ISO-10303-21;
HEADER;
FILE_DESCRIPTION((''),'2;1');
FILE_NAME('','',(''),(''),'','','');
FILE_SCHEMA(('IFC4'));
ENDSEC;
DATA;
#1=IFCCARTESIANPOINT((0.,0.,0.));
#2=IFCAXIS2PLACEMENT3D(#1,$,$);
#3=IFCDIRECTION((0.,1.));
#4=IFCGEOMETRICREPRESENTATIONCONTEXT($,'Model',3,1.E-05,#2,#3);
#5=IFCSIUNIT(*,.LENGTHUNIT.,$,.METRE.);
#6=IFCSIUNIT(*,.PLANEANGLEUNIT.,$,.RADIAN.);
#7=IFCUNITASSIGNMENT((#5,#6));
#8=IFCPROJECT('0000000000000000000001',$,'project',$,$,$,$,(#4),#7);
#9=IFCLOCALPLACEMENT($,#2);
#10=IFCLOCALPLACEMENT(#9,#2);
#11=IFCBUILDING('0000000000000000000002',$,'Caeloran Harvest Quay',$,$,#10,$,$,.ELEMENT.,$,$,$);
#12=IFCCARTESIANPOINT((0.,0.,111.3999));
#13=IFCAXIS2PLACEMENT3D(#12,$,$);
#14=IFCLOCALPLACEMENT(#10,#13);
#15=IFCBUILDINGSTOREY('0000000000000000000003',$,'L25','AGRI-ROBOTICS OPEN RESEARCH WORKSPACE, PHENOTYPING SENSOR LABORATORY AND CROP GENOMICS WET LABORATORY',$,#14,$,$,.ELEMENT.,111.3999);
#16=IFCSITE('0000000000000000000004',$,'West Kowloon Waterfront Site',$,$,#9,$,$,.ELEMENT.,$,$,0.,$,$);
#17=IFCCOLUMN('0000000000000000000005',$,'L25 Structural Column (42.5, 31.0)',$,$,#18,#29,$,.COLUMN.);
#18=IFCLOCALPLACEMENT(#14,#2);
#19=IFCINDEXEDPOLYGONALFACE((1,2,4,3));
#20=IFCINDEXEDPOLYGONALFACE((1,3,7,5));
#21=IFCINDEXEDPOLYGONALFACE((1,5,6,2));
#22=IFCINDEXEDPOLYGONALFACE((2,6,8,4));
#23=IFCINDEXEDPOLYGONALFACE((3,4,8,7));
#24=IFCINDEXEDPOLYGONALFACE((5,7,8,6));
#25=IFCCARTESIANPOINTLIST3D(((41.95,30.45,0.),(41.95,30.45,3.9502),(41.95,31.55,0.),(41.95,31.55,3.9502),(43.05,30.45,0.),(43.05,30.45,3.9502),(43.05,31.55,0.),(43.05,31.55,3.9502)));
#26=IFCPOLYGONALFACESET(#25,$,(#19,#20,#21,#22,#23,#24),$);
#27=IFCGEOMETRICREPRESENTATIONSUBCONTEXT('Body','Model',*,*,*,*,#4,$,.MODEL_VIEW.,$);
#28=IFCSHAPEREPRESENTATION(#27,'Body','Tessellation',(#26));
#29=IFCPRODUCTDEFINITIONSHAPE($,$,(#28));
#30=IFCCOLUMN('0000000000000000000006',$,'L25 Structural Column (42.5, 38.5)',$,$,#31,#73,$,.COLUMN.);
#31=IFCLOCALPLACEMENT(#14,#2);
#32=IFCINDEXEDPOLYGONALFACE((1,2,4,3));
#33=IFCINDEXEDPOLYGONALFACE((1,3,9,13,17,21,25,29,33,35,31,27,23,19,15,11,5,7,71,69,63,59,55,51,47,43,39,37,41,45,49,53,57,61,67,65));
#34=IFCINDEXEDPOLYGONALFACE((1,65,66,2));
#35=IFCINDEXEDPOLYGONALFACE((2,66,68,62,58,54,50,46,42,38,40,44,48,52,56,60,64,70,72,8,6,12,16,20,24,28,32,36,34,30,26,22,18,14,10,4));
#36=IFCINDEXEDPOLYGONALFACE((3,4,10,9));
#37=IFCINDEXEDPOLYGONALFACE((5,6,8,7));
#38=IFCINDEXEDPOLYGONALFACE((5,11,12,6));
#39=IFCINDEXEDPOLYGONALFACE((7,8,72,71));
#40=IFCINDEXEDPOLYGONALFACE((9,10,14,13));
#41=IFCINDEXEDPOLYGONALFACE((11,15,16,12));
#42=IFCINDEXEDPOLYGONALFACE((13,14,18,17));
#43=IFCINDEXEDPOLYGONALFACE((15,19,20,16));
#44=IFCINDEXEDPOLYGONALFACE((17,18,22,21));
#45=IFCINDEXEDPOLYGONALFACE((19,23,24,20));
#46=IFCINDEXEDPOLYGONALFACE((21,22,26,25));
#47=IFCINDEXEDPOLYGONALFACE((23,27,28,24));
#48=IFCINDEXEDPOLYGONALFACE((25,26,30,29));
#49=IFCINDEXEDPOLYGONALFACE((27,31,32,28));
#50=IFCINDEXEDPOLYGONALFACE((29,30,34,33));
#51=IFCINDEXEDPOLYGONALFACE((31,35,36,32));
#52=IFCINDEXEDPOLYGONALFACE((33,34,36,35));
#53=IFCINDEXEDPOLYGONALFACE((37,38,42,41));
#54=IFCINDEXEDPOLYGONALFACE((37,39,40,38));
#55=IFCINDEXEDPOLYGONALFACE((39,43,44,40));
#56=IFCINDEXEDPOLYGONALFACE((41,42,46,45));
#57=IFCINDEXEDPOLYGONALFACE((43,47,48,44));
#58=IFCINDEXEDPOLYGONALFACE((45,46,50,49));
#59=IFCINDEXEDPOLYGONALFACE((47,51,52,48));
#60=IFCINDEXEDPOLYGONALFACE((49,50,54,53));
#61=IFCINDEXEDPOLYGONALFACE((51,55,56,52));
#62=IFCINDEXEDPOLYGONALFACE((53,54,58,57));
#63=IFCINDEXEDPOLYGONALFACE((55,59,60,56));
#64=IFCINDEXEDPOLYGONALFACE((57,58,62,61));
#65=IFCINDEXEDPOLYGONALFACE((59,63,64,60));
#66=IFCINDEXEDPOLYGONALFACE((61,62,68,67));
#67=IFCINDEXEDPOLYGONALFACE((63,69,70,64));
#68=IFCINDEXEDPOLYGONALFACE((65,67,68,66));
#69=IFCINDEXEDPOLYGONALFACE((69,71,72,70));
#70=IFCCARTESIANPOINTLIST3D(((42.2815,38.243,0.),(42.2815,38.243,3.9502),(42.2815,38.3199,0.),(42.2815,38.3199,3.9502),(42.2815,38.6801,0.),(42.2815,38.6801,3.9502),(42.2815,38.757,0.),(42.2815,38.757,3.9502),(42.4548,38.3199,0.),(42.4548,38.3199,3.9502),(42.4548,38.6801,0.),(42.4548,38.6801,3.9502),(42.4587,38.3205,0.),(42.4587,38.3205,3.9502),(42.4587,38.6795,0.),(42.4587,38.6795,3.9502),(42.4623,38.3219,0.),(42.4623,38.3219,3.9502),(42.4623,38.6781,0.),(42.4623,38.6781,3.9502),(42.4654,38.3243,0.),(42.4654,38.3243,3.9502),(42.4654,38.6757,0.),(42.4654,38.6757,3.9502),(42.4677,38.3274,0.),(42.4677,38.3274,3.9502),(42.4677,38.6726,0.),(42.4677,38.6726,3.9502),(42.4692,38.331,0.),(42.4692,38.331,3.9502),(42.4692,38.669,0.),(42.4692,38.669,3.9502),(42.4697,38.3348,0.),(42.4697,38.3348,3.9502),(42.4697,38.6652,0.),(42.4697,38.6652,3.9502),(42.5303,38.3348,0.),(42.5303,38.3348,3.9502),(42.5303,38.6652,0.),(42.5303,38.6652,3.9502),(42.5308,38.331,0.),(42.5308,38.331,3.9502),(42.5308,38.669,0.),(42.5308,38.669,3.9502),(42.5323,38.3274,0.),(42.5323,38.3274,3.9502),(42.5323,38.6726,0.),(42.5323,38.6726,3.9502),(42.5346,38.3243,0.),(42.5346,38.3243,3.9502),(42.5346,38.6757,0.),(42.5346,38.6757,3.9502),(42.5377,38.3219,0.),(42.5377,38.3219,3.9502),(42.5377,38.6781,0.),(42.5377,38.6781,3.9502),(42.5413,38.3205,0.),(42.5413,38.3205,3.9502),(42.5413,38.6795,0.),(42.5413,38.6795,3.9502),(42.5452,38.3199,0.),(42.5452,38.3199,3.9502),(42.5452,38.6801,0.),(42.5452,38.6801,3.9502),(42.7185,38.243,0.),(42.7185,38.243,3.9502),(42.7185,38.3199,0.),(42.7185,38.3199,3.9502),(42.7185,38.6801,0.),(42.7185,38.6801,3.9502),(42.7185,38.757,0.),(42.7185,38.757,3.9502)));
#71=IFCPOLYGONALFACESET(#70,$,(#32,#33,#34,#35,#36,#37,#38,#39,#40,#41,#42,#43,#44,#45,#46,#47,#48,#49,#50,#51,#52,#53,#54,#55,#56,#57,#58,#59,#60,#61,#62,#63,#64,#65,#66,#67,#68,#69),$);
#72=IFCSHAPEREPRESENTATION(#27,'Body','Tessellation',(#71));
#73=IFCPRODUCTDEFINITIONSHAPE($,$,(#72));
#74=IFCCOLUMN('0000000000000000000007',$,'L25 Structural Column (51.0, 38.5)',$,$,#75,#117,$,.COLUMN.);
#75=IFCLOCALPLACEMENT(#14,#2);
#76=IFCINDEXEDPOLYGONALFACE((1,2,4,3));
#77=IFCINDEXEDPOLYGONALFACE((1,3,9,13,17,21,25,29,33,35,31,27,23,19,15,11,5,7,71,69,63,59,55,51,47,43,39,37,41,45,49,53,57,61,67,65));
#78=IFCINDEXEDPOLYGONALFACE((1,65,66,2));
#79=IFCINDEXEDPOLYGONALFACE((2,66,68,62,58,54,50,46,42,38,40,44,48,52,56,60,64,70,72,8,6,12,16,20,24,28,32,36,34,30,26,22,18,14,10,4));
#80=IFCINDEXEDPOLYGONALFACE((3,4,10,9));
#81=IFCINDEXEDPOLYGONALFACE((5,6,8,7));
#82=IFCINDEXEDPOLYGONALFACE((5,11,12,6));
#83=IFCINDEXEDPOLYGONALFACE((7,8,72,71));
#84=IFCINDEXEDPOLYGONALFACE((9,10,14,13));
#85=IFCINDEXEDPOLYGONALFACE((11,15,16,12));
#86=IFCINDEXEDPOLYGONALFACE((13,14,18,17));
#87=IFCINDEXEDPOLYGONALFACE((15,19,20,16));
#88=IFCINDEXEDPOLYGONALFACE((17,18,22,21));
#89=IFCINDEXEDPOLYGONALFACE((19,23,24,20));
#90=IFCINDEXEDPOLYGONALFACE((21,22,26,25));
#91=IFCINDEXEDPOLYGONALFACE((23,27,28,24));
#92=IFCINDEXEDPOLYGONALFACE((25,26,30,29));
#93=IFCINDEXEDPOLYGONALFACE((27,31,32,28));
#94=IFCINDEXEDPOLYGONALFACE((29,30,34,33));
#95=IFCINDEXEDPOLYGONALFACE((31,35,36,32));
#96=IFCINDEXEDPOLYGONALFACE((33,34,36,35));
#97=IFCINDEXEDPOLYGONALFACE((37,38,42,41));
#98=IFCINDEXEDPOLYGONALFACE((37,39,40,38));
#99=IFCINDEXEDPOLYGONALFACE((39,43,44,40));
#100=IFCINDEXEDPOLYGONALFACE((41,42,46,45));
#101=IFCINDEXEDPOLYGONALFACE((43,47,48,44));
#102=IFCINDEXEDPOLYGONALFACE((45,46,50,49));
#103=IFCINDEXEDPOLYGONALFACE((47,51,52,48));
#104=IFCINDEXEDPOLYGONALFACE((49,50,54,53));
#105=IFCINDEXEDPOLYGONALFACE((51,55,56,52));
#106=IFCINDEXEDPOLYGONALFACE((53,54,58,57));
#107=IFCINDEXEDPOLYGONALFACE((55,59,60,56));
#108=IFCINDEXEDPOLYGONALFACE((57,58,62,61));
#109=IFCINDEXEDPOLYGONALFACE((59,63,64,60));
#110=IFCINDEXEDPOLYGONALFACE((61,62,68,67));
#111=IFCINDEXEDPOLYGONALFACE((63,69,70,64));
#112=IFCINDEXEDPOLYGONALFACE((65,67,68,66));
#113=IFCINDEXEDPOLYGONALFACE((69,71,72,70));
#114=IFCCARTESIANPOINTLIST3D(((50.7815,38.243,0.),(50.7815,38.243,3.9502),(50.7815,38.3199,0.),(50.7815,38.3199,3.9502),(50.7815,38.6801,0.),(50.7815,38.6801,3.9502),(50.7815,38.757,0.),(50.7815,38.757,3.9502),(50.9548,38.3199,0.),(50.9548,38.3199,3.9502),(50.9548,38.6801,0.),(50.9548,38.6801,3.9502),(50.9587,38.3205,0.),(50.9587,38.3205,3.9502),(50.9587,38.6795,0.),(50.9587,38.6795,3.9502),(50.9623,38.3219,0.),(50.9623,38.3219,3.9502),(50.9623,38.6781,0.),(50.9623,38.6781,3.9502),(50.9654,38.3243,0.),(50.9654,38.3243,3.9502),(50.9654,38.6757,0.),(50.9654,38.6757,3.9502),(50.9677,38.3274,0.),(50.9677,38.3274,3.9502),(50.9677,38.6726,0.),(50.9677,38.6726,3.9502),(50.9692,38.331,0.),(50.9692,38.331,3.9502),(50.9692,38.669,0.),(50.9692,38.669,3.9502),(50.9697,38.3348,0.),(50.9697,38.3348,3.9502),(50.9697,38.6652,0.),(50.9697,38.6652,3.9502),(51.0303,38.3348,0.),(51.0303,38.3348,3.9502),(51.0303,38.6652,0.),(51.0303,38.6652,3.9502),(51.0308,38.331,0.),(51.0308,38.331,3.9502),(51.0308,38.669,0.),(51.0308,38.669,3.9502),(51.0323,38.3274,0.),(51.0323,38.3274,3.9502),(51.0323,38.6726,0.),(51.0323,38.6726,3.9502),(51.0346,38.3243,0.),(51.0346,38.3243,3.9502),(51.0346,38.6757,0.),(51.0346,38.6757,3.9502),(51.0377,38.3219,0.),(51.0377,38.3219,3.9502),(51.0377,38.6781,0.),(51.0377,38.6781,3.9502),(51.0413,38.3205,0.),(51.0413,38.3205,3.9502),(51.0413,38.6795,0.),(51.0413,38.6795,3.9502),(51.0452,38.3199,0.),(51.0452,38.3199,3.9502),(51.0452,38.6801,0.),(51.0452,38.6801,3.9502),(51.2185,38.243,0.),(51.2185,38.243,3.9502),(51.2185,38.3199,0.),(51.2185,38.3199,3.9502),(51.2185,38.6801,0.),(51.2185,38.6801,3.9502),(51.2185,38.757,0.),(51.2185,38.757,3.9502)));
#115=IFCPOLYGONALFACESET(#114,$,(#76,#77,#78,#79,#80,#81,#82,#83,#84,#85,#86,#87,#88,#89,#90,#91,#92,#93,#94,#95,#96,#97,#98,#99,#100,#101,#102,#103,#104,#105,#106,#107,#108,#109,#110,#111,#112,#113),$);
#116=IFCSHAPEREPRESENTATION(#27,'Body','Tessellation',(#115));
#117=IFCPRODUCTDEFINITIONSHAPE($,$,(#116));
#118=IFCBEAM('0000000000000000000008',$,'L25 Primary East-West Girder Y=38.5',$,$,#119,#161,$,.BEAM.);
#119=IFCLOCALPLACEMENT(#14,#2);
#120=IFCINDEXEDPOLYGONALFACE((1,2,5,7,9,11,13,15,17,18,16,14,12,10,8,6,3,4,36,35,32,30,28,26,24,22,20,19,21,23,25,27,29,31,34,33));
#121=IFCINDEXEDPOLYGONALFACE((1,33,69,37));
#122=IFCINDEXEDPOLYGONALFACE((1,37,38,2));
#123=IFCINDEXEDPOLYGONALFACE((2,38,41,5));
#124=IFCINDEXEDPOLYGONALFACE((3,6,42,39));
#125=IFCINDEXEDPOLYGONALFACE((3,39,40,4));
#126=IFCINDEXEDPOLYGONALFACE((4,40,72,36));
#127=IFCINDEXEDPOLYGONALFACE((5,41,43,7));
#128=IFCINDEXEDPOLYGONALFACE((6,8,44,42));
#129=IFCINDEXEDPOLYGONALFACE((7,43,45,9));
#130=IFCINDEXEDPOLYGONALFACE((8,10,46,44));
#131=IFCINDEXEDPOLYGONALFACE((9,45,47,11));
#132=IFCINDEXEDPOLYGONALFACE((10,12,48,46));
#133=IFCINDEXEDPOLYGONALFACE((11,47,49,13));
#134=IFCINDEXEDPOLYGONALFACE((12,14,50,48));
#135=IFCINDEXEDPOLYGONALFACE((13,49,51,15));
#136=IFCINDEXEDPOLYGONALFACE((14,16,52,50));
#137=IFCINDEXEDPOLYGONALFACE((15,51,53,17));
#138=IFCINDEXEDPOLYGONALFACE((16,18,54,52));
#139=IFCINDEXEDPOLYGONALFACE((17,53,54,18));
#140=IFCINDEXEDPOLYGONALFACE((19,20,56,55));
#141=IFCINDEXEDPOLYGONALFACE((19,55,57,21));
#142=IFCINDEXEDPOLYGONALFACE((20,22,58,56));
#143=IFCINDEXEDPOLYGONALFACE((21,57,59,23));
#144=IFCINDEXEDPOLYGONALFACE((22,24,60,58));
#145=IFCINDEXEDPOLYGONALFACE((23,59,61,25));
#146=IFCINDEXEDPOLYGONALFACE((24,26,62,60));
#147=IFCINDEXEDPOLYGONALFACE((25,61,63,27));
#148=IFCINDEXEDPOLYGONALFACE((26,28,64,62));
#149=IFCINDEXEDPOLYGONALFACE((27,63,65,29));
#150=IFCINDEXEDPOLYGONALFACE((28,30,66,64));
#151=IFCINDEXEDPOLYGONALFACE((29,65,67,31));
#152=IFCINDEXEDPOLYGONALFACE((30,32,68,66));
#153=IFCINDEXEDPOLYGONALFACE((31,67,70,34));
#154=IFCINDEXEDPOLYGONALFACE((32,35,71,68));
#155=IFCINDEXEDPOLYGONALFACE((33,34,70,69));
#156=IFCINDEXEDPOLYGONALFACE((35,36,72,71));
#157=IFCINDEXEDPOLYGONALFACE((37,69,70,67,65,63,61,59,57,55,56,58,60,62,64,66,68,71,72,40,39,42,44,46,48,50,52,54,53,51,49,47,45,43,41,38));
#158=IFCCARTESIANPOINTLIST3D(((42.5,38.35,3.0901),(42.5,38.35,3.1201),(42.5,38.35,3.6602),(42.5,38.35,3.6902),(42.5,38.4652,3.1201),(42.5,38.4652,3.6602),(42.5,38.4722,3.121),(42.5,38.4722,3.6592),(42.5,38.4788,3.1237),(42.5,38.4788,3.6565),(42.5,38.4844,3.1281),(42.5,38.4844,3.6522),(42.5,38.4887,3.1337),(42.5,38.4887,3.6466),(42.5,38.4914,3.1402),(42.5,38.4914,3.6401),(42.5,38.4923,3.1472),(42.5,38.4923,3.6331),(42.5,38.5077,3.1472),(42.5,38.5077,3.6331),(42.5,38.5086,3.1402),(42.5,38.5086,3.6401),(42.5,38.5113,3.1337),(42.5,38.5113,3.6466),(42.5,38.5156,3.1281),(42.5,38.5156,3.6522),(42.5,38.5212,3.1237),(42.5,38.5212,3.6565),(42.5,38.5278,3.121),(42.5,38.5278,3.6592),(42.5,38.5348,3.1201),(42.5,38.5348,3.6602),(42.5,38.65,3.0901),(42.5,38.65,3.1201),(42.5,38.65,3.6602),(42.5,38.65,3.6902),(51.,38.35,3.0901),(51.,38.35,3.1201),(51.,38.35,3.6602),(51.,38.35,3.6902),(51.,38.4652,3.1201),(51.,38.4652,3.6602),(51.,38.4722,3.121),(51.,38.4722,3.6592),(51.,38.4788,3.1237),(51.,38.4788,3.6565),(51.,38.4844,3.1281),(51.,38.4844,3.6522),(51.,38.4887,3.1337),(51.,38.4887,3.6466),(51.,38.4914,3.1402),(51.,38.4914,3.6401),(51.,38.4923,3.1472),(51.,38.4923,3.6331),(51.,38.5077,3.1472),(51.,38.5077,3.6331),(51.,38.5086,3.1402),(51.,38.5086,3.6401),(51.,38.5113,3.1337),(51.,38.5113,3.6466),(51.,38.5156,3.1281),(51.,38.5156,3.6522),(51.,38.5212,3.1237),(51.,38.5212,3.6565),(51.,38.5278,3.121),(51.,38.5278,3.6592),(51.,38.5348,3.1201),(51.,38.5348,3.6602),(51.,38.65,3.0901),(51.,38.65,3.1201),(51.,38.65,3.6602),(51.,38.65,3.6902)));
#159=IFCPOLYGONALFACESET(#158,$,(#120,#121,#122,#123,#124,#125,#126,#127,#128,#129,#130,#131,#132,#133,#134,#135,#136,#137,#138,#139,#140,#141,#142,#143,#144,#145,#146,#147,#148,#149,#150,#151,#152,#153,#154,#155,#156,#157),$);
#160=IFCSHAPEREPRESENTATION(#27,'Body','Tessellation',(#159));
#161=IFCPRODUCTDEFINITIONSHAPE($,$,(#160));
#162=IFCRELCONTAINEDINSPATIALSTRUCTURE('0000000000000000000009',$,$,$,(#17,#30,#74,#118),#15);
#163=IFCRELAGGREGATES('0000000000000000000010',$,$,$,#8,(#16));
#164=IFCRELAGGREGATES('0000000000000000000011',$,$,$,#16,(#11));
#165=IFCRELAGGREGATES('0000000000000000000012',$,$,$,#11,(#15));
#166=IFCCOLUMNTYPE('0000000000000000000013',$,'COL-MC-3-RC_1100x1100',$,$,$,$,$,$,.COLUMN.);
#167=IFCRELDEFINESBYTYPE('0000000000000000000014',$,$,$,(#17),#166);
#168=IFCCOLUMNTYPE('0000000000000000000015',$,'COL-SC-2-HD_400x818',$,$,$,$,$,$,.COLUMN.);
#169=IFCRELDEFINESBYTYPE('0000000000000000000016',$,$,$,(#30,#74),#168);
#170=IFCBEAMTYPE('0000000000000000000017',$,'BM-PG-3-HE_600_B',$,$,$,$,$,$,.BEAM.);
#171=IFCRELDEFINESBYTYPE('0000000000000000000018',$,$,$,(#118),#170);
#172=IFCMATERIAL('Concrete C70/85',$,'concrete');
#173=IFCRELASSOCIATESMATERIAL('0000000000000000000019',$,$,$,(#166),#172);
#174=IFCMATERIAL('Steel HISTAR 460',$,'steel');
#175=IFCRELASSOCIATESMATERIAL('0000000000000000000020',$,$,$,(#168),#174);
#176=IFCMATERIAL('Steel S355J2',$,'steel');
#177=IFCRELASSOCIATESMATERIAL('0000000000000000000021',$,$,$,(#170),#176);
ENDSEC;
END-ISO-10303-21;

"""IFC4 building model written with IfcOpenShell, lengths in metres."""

from ifc_helpers import new_model, si_unit, direction, frame, origin, origin_2d, place, context, subcontext, project, spatial, rectangle, i_section, extrude, material, material_profile, profile_set, type_object, element, save


model = new_model("IFC4")

# Units and contexts
model_context = context("Model", 3, precision=1e-05, world=origin(), true_north=direction((0.0, 1.0)))
body_context = subcontext(model_context, "Body", "Model", "MODEL_VIEW")
ifc_project = project(units=[si_unit("LENGTHUNIT", "METRE"), si_unit("PLANEANGLEUNIT", "RADIAN")], contexts=[model_context])

# Site, building, storey
site_placement = place(None, origin())
site = spatial("IfcSite", under=ifc_project, at=site_placement, Name="West Kowloon Waterfront Site", CompositionType="ELEMENT", RefElevation=0.0)
building_placement = place(site_placement, origin())
building = spatial("IfcBuilding", under=site, at=building_placement, Name="Caeloran Harvest Quay", CompositionType="ELEMENT")
storey_placement = place(building_placement, frame((0.0, 0.0, 111.3999)))
storey = spatial("IfcBuildingStorey", under=building, at=storey_placement, Name="L25", Description="AGRI-ROBOTICS OPEN RESEARCH WORKSPACE, PHENOTYPING SENSOR LABORATORY AND CROP GENOMICS WET LABORATORY", CompositionType="ELEMENT", Elevation=111.3999)

# Columns
ifc_material_1 = material(Name="Concrete C70/85", Category="concrete")
ifc_material_profile_1 = material_profile(ifc_material_1, rectangle(XDim=1.1001, YDim=1.1001, at=origin_2d()), Name="RC 1100x1100")
ifc_profile_set_1 = profile_set([ifc_material_profile_1], Name="Concrete C70/85")
column_type_1 = type_object("IfcColumnType", Name="COL-MC-3-RC_1100x1100", PredefinedType="COLUMN", material=ifc_profile_set_1)
column_placement = place(storey_placement, frame((42.5, 31.0, 0.0), z_axis=(0.0, 0.0, 1.0), x_axis=(1.0, 0.0, 0.0)))
element("IfcColumn", 1, at=column_placement, inside=storey, type_object=column_type_1, Name="L25 Structural Column (42.5, 31.0)", PredefinedType="COLUMN", context=body_context, shape_type="SweptSolid", body=[
    extrude(rectangle(XDim=1.1001, YDim=1.1001, at=origin_2d()), origin(), (0.0, 0.0, 1.0), 3.9502),
])
ifc_material_2 = material(Name="Steel HISTAR 460", Category="steel")
ifc_material_profile_2 = material_profile(ifc_material_2, i_section(OverallWidth=0.437, OverallDepth=0.5139, WebThickness=0.0605, FlangeThickness=0.0769, FilletRadius=0.0149, at=origin_2d()), Name="HD 400x818")
ifc_profile_set_2 = profile_set([ifc_material_profile_2], Name="Steel HISTAR 460")
column_type_2 = type_object("IfcColumnType", Name="COL-SC-2-HD_400x818", PredefinedType="COLUMN", material=ifc_profile_set_2)
for number, where, z_axis, x_axis, name in (
    (2, (42.5, 38.5, 0.0), (0.0, 0.0, 1.0), (1.0, 0.0, 0.0), "L25 Structural Column (42.5, 38.5)"),
    (3, (51.0, 38.5, 0.0), (0.0, 0.0, 1.0), (1.0, 0.0, 0.0), "L25 Structural Column (51.0, 38.5)"),
):
    element("IfcColumn", number, at=place(storey_placement, frame(where, z_axis=z_axis, x_axis=x_axis)), inside=storey, type_object=column_type_2, Name=name, PredefinedType="COLUMN", context=body_context, shape_type="SweptSolid", body=[
        extrude(i_section(OverallWidth=0.437, OverallDepth=0.5139, WebThickness=0.0605, FlangeThickness=0.0769, FilletRadius=0.0149, at=origin_2d()), origin(), (0.0, 0.0, 1.0), 3.9502),
    ])

# Beam
ifc_material_3 = material(Name="Steel S355J2", Category="steel")
ifc_material_profile_3 = material_profile(ifc_material_3, i_section(OverallWidth=0.3, OverallDepth=0.6001, WebThickness=0.0154, FlangeThickness=0.03, FilletRadius=0.0271, at=origin_2d()), Name="HE 600 B")
ifc_profile_set_3 = profile_set([ifc_material_profile_3], Name="Steel S355J2")
beam_type = type_object("IfcBeamType", Name="BM-PG-3-HE_600_B", PredefinedType="BEAM", material=ifc_profile_set_3)
beam_1_placement = place(storey_placement, frame((42.5, 38.5, 3.3901), z_axis=(1.0, 0.0, 0.0), x_axis=(0.0, 1.0, 0.0)))
element("IfcBeam", 4, at=beam_1_placement, inside=storey, type_object=beam_type, Name="L25 Primary East-West Girder Y=38.5", PredefinedType="BEAM", context=body_context, shape_type="SweptSolid", body=[
    extrude(i_section(OverallWidth=0.3, OverallDepth=0.6001, WebThickness=0.0154, FlangeThickness=0.03, FilletRadius=0.0271, at=origin_2d()), origin(), (0.0, 0.0, 1.0), 8.5),
])

save(model, "model.ifc")
